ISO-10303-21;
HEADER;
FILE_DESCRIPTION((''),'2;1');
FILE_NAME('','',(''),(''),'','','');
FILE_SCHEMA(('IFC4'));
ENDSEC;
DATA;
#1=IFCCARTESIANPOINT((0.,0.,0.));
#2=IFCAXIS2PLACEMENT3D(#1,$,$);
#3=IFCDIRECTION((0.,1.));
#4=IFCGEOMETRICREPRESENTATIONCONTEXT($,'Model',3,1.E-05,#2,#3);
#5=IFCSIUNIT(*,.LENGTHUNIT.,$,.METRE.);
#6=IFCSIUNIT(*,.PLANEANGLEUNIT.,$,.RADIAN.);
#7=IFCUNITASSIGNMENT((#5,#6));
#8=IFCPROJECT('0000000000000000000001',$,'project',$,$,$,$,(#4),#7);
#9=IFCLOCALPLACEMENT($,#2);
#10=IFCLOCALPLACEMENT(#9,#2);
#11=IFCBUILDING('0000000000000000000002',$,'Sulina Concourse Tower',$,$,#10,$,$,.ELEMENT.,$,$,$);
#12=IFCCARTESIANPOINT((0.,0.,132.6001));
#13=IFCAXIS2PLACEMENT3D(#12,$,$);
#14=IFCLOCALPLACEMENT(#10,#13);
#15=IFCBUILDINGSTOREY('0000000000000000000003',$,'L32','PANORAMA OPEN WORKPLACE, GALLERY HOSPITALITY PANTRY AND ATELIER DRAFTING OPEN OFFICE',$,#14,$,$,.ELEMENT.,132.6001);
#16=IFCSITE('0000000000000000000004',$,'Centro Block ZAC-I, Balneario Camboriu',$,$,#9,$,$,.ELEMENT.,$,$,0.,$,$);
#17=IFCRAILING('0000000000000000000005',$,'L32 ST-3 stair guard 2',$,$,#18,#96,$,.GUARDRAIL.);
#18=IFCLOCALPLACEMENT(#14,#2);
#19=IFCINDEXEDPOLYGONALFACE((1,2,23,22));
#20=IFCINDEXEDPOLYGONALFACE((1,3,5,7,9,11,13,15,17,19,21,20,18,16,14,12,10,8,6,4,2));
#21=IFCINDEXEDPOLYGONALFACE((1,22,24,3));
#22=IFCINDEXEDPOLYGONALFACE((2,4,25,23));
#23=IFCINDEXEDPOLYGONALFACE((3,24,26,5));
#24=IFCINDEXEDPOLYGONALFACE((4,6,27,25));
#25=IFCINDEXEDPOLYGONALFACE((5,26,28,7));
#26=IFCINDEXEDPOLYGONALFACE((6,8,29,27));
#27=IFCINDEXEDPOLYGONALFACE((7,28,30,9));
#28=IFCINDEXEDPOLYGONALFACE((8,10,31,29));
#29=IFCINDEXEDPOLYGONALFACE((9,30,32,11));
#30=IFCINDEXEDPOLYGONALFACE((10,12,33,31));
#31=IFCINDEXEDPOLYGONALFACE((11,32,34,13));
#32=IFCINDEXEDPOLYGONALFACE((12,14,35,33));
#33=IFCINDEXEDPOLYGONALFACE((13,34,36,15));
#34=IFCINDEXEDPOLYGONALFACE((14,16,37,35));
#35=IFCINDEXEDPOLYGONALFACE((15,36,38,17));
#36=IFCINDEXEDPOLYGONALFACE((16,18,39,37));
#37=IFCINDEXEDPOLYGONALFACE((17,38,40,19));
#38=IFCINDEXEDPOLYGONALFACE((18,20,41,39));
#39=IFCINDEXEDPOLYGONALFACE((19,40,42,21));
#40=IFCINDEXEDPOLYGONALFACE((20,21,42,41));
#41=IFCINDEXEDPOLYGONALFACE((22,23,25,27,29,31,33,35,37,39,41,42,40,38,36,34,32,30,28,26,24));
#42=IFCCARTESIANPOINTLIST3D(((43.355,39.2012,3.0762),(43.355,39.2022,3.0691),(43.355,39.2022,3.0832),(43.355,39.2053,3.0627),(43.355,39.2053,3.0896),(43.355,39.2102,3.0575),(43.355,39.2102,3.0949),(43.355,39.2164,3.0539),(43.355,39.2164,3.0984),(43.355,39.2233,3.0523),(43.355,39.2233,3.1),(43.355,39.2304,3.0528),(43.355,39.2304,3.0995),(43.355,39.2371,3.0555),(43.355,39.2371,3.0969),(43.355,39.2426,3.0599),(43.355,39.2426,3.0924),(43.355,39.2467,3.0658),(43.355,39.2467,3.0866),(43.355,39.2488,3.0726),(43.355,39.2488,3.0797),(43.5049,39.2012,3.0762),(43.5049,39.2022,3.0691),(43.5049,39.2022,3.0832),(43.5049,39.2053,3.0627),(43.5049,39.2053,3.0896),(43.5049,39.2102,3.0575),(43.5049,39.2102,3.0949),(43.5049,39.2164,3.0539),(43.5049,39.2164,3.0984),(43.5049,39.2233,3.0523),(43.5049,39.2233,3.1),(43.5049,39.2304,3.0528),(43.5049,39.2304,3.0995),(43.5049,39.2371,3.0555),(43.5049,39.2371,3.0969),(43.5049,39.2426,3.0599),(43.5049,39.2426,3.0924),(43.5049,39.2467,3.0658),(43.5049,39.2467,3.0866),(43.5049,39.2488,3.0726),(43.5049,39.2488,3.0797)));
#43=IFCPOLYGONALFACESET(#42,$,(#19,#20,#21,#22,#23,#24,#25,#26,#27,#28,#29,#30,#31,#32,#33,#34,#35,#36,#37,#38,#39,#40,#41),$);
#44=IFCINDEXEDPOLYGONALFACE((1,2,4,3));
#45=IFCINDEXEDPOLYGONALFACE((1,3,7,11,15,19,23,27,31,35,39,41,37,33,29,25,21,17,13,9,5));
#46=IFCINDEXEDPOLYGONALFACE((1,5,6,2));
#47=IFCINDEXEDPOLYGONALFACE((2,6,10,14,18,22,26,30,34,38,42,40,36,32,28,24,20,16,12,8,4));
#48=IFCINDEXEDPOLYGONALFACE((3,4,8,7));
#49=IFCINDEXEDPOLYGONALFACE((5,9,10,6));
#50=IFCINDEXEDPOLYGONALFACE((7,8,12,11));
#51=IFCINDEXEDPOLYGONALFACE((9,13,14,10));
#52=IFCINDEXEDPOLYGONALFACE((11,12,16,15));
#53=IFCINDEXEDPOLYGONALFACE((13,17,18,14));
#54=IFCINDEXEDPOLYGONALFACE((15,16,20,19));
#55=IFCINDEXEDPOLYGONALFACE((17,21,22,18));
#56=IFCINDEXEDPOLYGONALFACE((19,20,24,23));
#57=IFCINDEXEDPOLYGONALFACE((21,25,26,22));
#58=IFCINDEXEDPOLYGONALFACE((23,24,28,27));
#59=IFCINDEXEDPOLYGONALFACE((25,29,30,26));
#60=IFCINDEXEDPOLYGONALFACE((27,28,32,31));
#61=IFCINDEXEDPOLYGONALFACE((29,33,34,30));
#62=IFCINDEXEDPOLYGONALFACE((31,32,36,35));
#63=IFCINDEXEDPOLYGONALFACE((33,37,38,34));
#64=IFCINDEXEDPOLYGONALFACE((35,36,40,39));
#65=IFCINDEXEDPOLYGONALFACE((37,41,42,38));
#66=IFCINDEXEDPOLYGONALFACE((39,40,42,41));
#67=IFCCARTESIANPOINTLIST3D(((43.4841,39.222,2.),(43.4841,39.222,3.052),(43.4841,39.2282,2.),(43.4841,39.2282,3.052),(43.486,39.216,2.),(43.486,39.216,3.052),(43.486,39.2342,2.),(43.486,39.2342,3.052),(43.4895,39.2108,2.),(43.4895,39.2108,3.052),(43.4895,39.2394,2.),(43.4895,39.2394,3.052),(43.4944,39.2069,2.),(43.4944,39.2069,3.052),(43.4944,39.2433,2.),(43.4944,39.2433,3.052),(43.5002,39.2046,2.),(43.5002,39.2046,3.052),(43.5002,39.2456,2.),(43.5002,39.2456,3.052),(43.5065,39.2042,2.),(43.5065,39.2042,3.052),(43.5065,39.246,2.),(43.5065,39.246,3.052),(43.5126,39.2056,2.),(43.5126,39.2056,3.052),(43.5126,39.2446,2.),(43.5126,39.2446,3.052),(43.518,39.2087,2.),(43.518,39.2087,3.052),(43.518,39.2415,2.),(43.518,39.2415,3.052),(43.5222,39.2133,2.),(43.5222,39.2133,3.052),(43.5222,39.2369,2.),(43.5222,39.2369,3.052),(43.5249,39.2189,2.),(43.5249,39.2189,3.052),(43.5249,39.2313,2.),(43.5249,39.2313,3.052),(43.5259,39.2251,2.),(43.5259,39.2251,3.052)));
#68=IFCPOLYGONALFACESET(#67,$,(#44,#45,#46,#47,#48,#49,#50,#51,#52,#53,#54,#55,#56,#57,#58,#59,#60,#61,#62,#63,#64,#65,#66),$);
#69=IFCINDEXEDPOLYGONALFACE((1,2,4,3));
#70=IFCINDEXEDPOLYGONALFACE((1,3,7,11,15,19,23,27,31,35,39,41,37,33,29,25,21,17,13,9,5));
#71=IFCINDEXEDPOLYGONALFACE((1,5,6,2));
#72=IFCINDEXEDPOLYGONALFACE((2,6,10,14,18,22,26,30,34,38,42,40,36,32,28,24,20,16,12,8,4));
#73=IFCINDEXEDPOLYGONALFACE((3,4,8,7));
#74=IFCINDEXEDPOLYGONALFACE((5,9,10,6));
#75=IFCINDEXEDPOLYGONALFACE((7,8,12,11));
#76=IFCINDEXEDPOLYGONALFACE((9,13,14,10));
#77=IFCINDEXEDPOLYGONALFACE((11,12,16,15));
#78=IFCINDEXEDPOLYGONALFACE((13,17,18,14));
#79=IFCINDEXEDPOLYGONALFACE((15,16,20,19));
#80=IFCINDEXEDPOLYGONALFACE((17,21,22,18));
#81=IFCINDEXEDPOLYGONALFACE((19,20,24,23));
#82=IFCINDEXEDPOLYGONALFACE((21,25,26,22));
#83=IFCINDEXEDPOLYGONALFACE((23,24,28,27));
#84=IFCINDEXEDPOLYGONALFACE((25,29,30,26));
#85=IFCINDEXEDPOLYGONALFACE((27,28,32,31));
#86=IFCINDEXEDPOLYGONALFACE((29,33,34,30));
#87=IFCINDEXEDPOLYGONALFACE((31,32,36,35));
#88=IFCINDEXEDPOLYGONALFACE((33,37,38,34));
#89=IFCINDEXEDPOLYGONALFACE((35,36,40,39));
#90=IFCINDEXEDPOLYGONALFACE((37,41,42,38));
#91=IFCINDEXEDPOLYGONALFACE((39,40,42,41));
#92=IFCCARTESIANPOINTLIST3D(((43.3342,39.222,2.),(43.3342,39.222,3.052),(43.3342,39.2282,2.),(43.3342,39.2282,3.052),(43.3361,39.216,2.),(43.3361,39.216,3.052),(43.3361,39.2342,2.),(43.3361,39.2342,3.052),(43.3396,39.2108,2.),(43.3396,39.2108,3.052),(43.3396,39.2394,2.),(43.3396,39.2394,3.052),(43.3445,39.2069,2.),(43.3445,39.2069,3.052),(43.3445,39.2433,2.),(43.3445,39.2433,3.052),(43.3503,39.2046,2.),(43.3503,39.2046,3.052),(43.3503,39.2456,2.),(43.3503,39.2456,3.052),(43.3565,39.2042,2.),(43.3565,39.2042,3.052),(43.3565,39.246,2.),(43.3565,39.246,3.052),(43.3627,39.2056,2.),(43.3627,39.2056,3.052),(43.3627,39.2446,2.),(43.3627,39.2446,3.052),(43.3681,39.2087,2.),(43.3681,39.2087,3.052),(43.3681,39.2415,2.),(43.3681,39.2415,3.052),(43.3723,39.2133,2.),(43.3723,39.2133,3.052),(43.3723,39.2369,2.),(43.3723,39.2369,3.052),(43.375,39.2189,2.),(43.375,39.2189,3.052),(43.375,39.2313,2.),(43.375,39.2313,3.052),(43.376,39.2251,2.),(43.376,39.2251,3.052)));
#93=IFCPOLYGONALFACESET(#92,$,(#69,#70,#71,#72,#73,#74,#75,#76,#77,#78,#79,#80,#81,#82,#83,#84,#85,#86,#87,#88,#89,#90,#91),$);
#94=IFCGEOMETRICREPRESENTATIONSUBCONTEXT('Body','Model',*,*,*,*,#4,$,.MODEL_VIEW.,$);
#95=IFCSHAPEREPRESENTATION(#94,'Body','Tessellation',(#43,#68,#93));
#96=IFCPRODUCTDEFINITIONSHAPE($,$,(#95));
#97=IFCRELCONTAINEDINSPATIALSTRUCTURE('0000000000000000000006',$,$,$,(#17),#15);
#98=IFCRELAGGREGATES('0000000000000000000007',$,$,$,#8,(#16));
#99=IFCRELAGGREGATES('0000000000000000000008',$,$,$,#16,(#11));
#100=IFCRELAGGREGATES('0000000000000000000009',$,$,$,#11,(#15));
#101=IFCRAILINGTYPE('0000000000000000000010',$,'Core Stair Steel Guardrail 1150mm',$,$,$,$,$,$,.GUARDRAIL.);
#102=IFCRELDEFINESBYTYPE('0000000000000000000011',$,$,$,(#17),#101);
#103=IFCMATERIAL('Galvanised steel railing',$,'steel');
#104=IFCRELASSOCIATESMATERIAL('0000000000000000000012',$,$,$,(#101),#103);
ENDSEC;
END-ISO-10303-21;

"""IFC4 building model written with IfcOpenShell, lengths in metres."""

from ifc_helpers import new_model, si_unit, direction, frame, origin, origin_2d, place, context, subcontext, project, spatial, circle, extrude, material, type_object, element, save


model = new_model("IFC4")

# Units and contexts
model_context = context("Model", 3, precision=1e-05, world=origin(), true_north=direction((0.0, 1.0)))
body_context = subcontext(model_context, "Body", "Model", "MODEL_VIEW")
ifc_project = project(units=[si_unit("LENGTHUNIT", "METRE"), si_unit("PLANEANGLEUNIT", "RADIAN")], contexts=[model_context])

# Site, building, storey
site_placement = place(None, origin())
site = spatial("IfcSite", under=ifc_project, at=site_placement, Name="Centro Block ZAC-I, Balneario Camboriu", CompositionType="ELEMENT", RefElevation=0.0)
building_placement = place(site_placement, origin())
building = spatial("IfcBuilding", under=site, at=building_placement, Name="Sulina Concourse Tower", CompositionType="ELEMENT")
storey_placement = place(building_placement, frame((0.0, 0.0, 132.6001)))
storey = spatial("IfcBuildingStorey", under=building, at=storey_placement, Name="L32", Description="PANORAMA OPEN WORKPLACE, GALLERY HOSPITALITY PANTRY AND ATELIER DRAFTING OPEN OFFICE", CompositionType="ELEMENT", Elevation=132.6001)

# Railing
ifc_material_1 = material(Name="Galvanised steel railing", Category="steel")
railing_type_1 = type_object("IfcRailingType", Name="Core Stair Steel Guardrail 1150mm", PredefinedType="GUARDRAIL", material=ifc_material_1)
railing_1_placement = place(storey_placement, frame((43.5049, 39.2251, 2.0)))
element("IfcRailing", 1, at=railing_1_placement, inside=storey, type_object=railing_type_1, Name="L32 ST-3 stair guard 2", PredefinedType="GUARDRAIL", context=body_context, shape_type="SweptSolid", body=[
    extrude(circle(Radius=0.0239, at=origin_2d()), frame((0.0, 0.0, 1.0762), z_axis=(-1.0, 0.0, 0.0), x_axis=(0.0, -1.0, 0.0)), (0.0, 0.0, 1.0), 0.1499),
    extrude(circle(Radius=0.021, at=origin_2d()), origin(), (0.0, 0.0, 1.0), 1.052),
    extrude(circle(Radius=0.021, at=origin_2d()), frame((-0.1499, 0.0, 0.0)), (0.0, 0.0, 1.0), 1.052),
])

save(model, "model.ifc")
